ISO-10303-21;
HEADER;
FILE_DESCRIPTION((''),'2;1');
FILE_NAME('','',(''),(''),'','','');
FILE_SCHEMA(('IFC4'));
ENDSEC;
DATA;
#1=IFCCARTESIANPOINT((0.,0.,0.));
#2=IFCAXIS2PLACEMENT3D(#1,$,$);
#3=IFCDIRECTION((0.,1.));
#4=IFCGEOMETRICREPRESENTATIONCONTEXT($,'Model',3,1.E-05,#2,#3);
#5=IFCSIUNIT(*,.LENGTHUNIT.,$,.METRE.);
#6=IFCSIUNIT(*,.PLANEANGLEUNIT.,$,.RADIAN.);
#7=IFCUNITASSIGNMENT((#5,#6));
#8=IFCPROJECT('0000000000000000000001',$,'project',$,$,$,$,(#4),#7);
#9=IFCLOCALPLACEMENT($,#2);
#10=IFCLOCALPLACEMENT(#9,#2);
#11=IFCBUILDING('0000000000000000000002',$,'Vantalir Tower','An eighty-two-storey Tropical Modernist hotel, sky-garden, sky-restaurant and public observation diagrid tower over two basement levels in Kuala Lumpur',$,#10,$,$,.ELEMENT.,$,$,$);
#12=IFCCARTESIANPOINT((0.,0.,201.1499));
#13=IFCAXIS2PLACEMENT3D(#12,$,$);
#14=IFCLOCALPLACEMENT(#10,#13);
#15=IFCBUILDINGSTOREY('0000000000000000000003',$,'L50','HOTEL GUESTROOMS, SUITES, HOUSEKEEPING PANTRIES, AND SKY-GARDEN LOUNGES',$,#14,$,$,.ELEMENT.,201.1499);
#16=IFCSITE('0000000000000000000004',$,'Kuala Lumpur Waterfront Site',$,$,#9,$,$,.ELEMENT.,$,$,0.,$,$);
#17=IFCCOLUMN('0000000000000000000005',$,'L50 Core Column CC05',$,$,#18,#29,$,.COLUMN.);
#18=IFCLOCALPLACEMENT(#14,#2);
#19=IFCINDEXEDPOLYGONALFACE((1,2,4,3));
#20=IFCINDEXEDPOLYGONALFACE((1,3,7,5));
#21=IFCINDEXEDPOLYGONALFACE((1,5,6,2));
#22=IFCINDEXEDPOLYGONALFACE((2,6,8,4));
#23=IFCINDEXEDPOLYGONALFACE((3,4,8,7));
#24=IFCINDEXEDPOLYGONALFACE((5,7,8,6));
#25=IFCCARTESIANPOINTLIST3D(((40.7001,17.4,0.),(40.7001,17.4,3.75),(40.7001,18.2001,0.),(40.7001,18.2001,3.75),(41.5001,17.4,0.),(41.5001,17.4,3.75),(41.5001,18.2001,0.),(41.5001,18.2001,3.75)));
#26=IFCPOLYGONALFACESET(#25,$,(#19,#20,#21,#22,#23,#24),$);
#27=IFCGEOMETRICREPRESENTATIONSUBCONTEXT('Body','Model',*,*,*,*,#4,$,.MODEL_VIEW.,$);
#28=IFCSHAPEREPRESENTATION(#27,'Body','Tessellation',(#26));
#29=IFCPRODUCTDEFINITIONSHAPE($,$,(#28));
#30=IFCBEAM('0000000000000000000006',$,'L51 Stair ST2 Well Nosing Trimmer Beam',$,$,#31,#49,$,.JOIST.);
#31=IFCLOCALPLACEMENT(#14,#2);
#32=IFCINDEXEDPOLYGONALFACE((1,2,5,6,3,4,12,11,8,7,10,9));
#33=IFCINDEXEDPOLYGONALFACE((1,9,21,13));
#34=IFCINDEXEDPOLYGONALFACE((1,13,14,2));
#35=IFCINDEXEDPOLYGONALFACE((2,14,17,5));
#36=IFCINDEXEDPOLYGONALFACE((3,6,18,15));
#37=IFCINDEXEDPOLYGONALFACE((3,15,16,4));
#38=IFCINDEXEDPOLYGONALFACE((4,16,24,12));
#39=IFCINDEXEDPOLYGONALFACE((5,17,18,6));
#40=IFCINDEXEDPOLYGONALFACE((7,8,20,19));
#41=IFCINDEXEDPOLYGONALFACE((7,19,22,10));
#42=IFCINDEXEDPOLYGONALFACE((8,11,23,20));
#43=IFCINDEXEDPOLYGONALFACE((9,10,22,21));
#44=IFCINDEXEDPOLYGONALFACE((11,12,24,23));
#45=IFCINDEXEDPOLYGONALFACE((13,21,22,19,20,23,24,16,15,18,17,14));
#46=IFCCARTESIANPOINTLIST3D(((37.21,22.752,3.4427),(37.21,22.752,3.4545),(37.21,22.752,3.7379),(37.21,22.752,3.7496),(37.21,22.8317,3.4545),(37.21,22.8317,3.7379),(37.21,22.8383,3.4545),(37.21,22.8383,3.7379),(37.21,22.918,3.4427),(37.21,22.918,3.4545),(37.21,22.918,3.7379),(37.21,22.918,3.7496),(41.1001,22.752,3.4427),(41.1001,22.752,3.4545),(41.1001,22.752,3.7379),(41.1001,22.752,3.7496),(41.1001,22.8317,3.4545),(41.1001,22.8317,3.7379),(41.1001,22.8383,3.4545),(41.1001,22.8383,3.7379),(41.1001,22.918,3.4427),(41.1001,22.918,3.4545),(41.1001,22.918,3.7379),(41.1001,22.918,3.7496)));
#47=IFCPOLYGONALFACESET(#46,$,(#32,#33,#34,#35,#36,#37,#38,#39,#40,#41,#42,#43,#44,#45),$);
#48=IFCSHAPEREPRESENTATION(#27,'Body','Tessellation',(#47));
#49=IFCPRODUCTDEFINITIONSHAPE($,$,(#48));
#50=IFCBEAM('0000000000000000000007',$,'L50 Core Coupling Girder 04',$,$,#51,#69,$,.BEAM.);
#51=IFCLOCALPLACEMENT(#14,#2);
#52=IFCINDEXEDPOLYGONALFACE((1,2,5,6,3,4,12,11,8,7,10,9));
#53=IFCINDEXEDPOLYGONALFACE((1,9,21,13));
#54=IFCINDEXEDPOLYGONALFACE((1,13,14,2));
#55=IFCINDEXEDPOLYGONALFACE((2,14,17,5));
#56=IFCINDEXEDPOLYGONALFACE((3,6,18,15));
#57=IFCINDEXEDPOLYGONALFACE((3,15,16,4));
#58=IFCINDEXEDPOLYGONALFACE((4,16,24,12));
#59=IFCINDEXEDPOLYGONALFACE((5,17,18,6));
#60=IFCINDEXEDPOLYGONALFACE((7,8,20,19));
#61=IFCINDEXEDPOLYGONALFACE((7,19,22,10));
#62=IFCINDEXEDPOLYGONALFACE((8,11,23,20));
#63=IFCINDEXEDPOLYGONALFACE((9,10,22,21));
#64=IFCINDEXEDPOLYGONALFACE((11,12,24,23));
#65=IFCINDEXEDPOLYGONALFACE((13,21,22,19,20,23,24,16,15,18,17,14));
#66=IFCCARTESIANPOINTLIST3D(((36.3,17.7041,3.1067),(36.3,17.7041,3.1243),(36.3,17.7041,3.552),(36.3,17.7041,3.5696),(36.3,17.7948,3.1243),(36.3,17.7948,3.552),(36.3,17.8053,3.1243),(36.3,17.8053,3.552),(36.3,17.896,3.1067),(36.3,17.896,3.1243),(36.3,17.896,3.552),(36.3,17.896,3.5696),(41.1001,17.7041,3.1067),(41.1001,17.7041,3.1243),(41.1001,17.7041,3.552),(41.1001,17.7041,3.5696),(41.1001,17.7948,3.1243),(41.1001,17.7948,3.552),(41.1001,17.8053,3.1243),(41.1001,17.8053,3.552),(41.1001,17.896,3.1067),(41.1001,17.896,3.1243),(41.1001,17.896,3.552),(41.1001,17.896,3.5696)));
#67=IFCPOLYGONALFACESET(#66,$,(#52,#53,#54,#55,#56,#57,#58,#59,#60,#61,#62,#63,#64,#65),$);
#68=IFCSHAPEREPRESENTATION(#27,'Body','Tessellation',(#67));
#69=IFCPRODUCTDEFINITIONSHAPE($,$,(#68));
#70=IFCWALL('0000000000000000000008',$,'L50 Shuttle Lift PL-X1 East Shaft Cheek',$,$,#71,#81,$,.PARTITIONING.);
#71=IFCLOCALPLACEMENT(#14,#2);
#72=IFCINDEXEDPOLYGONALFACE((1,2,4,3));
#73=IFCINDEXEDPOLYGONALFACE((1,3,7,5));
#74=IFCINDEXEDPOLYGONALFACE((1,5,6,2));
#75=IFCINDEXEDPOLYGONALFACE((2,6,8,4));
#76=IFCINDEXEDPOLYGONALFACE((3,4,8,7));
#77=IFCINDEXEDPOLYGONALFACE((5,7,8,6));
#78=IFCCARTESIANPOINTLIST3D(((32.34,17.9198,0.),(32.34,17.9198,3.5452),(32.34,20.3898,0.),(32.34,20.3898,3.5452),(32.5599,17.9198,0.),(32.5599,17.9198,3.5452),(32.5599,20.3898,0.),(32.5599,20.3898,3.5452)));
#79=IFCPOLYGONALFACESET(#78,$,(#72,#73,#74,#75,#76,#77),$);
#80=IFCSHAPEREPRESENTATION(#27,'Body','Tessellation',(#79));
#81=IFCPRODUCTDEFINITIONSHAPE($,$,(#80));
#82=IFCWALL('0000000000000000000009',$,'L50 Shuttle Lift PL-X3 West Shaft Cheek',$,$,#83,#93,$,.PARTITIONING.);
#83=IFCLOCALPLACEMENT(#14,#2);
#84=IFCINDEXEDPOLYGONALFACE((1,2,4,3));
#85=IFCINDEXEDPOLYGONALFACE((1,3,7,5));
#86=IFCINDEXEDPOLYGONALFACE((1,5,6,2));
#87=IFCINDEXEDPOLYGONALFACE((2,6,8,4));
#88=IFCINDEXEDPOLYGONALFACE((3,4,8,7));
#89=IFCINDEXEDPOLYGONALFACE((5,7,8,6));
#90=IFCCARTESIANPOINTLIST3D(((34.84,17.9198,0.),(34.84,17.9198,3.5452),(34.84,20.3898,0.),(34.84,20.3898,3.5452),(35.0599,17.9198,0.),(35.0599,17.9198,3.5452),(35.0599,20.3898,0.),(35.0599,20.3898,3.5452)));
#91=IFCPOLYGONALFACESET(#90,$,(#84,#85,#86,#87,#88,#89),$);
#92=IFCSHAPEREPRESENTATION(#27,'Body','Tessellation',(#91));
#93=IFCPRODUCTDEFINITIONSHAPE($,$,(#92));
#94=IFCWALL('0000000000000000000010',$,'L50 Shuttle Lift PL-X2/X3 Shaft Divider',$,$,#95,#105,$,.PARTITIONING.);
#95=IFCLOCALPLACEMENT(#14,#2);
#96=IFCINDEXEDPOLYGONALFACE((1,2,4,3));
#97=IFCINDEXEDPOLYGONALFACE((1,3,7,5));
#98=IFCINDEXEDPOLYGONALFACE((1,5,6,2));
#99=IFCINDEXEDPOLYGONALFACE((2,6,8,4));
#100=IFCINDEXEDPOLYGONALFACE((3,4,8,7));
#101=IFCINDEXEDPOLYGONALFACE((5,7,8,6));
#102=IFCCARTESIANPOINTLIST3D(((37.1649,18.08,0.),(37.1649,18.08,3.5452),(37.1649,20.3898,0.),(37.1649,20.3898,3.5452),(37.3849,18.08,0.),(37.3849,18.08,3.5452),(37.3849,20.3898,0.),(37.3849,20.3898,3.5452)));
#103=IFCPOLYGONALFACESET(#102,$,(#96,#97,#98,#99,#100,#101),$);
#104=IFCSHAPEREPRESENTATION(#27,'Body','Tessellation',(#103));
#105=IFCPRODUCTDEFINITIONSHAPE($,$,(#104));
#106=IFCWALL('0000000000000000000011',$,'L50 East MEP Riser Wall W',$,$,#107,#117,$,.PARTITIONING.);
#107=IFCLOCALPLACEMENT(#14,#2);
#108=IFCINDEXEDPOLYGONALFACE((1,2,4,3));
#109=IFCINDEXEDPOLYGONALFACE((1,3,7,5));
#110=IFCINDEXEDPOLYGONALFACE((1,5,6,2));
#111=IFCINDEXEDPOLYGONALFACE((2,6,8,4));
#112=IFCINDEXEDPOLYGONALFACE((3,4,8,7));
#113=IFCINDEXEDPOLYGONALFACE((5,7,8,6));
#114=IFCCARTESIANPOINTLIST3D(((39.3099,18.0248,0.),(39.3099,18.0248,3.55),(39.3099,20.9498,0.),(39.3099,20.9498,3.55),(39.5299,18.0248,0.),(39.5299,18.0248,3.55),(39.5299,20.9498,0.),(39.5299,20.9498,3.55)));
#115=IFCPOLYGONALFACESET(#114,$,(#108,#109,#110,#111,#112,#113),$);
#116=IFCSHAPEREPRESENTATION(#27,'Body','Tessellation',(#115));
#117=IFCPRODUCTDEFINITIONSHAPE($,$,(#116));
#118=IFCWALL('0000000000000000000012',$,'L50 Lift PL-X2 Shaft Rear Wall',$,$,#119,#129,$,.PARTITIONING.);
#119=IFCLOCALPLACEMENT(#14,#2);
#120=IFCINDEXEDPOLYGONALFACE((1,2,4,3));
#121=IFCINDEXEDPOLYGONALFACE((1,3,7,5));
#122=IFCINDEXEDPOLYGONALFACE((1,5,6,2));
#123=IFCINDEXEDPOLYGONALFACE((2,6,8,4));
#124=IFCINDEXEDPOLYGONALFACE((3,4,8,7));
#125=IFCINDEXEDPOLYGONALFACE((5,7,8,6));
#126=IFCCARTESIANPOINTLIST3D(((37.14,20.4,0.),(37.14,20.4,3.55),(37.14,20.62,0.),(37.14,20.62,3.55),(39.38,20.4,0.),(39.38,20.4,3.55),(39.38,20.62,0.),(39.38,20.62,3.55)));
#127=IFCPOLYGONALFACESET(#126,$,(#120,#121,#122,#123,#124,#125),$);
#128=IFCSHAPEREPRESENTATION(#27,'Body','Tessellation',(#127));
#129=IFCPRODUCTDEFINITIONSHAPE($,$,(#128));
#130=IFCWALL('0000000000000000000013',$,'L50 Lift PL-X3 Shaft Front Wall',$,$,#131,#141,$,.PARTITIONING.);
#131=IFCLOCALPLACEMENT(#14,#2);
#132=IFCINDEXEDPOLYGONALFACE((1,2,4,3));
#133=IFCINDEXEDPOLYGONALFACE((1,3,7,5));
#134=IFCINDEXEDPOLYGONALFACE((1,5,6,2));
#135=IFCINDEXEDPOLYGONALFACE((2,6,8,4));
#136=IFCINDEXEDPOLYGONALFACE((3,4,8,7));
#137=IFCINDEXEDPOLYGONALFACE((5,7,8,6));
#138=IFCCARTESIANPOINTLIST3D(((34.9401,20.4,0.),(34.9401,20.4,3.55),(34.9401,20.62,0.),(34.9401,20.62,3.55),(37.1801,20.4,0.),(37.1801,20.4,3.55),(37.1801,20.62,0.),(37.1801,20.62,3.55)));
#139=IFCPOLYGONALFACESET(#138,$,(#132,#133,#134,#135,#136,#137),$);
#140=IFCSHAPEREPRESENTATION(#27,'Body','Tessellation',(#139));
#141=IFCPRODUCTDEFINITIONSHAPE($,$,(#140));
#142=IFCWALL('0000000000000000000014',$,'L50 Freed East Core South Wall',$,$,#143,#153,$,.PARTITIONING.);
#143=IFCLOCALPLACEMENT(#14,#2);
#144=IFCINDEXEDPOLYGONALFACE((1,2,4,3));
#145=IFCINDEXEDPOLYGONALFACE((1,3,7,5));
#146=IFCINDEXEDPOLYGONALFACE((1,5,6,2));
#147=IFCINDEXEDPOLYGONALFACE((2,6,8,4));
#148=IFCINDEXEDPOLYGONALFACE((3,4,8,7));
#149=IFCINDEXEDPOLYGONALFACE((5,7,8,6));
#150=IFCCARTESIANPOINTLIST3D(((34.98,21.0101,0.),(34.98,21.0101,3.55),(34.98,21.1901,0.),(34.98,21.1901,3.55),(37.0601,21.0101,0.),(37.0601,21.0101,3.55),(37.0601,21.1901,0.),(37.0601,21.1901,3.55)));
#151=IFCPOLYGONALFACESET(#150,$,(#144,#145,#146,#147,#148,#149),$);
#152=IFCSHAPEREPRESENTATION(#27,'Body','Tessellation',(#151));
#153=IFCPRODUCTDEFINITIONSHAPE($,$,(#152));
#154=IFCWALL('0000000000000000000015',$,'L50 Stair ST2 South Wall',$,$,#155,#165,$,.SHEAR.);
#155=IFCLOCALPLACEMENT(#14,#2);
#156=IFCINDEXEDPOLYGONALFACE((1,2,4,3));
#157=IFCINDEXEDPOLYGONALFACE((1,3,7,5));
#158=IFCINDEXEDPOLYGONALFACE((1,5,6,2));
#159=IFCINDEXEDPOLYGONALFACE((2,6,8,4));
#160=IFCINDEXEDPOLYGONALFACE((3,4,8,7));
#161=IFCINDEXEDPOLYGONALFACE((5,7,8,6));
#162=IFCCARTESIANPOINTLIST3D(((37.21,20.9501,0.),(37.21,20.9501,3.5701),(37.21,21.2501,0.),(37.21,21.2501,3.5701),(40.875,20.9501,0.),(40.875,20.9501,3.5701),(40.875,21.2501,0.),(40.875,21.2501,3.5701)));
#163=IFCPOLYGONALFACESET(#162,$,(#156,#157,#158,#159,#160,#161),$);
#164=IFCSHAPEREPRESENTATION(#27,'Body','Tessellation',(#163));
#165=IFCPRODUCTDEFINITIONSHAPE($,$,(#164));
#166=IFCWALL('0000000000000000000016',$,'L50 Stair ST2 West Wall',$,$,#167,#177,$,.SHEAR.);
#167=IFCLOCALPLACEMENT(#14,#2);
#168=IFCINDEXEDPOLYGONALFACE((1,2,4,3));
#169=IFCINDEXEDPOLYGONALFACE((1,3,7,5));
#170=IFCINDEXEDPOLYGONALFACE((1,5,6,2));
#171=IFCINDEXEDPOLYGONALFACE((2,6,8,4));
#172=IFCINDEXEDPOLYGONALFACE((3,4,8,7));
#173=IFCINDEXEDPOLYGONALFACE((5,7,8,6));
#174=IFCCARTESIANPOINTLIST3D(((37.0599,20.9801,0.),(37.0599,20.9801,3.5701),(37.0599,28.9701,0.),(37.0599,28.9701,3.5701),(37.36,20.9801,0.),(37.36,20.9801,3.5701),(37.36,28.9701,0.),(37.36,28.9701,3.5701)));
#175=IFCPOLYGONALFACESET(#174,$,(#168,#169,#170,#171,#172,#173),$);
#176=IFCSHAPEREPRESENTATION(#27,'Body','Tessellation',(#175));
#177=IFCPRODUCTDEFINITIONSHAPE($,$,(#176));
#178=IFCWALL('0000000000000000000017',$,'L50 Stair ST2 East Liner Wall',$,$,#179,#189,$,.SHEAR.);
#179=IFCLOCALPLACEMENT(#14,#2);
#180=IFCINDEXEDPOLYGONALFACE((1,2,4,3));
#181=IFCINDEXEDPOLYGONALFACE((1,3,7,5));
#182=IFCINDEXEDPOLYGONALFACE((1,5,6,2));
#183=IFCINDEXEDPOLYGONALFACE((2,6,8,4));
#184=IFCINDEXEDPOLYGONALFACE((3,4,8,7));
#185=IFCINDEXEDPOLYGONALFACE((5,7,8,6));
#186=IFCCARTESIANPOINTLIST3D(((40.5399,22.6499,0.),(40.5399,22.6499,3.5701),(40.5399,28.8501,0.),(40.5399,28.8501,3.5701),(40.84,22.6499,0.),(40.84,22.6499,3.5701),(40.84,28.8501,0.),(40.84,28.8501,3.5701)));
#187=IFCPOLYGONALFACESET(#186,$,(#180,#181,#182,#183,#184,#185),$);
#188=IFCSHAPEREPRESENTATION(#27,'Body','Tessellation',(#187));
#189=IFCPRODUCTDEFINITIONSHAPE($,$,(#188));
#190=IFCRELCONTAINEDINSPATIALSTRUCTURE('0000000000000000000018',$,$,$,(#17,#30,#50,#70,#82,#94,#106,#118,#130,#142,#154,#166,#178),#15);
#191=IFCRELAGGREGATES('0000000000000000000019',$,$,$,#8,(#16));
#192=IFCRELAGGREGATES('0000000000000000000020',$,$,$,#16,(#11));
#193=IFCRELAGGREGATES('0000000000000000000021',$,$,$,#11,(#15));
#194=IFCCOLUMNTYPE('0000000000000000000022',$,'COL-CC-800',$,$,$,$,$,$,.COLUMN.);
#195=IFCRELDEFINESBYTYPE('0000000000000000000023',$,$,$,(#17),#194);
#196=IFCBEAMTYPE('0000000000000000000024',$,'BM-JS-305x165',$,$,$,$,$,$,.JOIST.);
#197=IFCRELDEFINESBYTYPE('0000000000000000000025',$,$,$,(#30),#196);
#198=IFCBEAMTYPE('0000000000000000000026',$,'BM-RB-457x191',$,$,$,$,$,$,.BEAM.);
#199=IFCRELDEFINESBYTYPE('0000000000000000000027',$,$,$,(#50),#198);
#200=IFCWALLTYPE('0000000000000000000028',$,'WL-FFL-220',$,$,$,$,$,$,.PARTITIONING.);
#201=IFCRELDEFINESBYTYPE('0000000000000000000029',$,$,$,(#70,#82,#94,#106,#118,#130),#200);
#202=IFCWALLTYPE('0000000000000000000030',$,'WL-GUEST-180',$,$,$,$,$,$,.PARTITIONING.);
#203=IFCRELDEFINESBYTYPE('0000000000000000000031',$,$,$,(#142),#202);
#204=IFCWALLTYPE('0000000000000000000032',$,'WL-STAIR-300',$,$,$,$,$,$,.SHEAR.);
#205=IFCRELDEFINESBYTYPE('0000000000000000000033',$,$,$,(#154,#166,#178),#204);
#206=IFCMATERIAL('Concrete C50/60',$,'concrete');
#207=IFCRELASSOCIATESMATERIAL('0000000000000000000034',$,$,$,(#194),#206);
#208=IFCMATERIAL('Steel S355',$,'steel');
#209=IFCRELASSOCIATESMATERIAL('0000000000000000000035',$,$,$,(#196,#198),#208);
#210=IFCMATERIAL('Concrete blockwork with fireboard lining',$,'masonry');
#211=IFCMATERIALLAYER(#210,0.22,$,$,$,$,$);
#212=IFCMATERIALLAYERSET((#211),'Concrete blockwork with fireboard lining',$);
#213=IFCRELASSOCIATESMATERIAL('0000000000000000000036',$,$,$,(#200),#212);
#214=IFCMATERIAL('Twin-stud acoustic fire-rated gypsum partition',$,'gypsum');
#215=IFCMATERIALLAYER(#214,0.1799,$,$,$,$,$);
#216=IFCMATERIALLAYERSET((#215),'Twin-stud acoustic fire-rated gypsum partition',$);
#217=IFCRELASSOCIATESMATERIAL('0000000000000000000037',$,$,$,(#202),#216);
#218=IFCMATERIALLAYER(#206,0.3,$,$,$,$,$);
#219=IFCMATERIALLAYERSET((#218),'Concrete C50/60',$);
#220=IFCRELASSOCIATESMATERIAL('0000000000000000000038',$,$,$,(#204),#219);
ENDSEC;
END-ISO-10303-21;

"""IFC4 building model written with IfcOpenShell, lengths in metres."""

from ifc_helpers import new_model, si_unit, direction, frame, frame_2d, origin, origin_2d, place, context, subcontext, project, spatial, rectangle, i_section, extrude, material, layer, layer_set, material_profile, profile_set, type_object, element, save


model = new_model("IFC4")

# Units and contexts
model_context = context("Model", 3, precision=1e-05, world=origin(), true_north=direction((0.0, 1.0)))
body_context = subcontext(model_context, "Body", "Model", "MODEL_VIEW")
ifc_project = project(units=[si_unit("LENGTHUNIT", "METRE"), si_unit("PLANEANGLEUNIT", "RADIAN")], contexts=[model_context])

# Site, building, storey
site_placement = place(None, origin())
site = spatial("IfcSite", under=ifc_project, at=site_placement, Name="Kuala Lumpur Waterfront Site", CompositionType="ELEMENT", RefElevation=0.0)
building_placement = place(site_placement, origin())
building = spatial("IfcBuilding", under=site, at=building_placement, Name="Vantalir Tower", Description="An eighty-two-storey Tropical Modernist hotel, sky-garden, sky-restaurant and public observation diagrid tower over two basement levels in Kuala Lumpur", CompositionType="ELEMENT")
storey_placement = place(building_placement, frame((0.0, 0.0, 201.1499)))
storey = spatial("IfcBuildingStorey", under=building, at=storey_placement, Name="L50", Description="HOTEL GUESTROOMS, SUITES, HOUSEKEEPING PANTRIES, AND SKY-GARDEN LOUNGES", CompositionType="ELEMENT", Elevation=201.1499)

# Column
ifc_material_1 = material(Name="Concrete C50/60", Category="concrete")
ifc_material_profile_1 = material_profile(ifc_material_1, rectangle(XDim=0.8, YDim=0.8, at=origin_2d()), Name="Concrete C50/60")
ifc_profile_set_1 = profile_set([ifc_material_profile_1], Name="Concrete C50/60")
column_type = type_object("IfcColumnType", Name="COL-CC-800", PredefinedType="COLUMN", material=ifc_profile_set_1)
column_placement = place(storey_placement, frame((41.1001, 17.8, 0.0), z_axis=(0.0, 0.0, 1.0), x_axis=(1.0, 0.0, 0.0)))
element("IfcColumn", 1, at=column_placement, inside=storey, type_object=column_type, Name="L50 Core Column CC05", PredefinedType="COLUMN", context=body_context, shape_type="SweptSolid", body=[
    extrude(rectangle(XDim=0.8, YDim=0.8, at=origin_2d()), origin(), (0.0, 0.0, 1.0), 3.75),
])

# Beams
ifc_material_2 = material(Name="Steel S355", Category="steel")
ifc_material_profile_2 = material_profile(ifc_material_2, i_section(OverallWidth=0.166, OverallDepth=0.3069, WebThickness=0.0066, FlangeThickness=0.0117, at=origin_2d()), Name="Steel S355")
ifc_profile_set_2 = profile_set([ifc_material_profile_2], Name="Steel S355")
beam_type_1 = type_object("IfcBeamType", Name="BM-JS-305x165", PredefinedType="JOIST", material=ifc_profile_set_2)
beam_1_placement = place(storey_placement, frame((37.21, 22.835, 3.5962), z_axis=(1.0, 0.0, 0.0), x_axis=(0.0, 1.0, 0.0)))
element("IfcBeam", 2, at=beam_1_placement, inside=storey, type_object=beam_type_1, Name="L51 Stair ST2 Well Nosing Trimmer Beam", PredefinedType="JOIST", context=body_context, shape_type="SweptSolid", body=[
    extrude(i_section(OverallWidth=0.166, OverallDepth=0.3069, WebThickness=0.0066, FlangeThickness=0.0117, at=origin_2d()), origin(), (0.0, 0.0, 1.0), 3.8901),
])
ifc_material_profile_3 = material_profile(ifc_material_2, i_section(OverallWidth=0.1919, OverallDepth=0.4629, WebThickness=0.0105, FlangeThickness=0.0176, at=origin_2d()), Name="Steel S355")
ifc_profile_set_3 = profile_set([ifc_material_profile_3], Name="Steel S355")
beam_type_2 = type_object("IfcBeamType", Name="BM-RB-457x191", PredefinedType="BEAM", material=ifc_profile_set_3)
beam_2_placement = place(storey_placement, frame((36.3, 17.8, 3.3381), z_axis=(1.0, 0.0, 0.0), x_axis=(0.0, 1.0, 0.0)))
element("IfcBeam", 3, at=beam_2_placement, inside=storey, type_object=beam_type_2, Name="L50 Core Coupling Girder 04", PredefinedType="BEAM", context=body_context, shape_type="SweptSolid", body=[
    extrude(i_section(OverallWidth=0.1919, OverallDepth=0.4629, WebThickness=0.0105, FlangeThickness=0.0176, at=origin_2d()), origin(), (0.0, 0.0, 1.0), 4.8),
])

# Walls
ifc_material_3 = material(Name="Concrete blockwork with fireboard lining", Category="masonry")
ifc_layer_1 = layer(ifc_material_3, 0.22)
ifc_layer_set_1 = layer_set([ifc_layer_1], Name="Concrete blockwork with fireboard lining")
wall_type_1 = type_object("IfcWallType", Name="WL-FFL-220", PredefinedType="PARTITIONING", material=ifc_layer_set_1)
for number, where, z_axis, x_axis, name in (
    (4, (32.45, 17.9199, 0.0), (0.0, 0.0, 1.0), (0.0, 1.0, 0.0), "L50 Shuttle Lift PL-X1 East Shaft Cheek"),
    (5, (34.95, 17.9199, 0.0), (0.0, 0.0, 1.0), (0.0, 1.0, 0.0), "L50 Shuttle Lift PL-X3 West Shaft Cheek"),
):
    element("IfcWall", number, at=place(storey_placement, frame(where, z_axis=z_axis, x_axis=x_axis)), inside=storey, type_object=wall_type_1, Name=name, PredefinedType="PARTITIONING", context=body_context, shape_type="SweptSolid", body=[
        extrude(rectangle(XDim=2.47, YDim=0.22, at=frame_2d((1.2349, 0.0))), origin(), (0.0, 0.0, 1.0), 3.5452),
    ])
wall_1_placement = place(storey_placement, frame((37.2749, 18.0801, 0.0), z_axis=(0.0, 0.0, 1.0), x_axis=(0.0, 1.0, 0.0)))
element("IfcWall", 6, at=wall_1_placement, inside=storey, type_object=wall_type_1, Name="L50 Shuttle Lift PL-X2/X3 Shaft Divider", PredefinedType="PARTITIONING", context=body_context, shape_type="SweptSolid", body=[
    extrude(rectangle(XDim=2.3098, YDim=0.22, at=frame_2d((1.1548, 0.0))), origin(), (0.0, 0.0, 1.0), 3.5452),
])
wall_2_placement = place(storey_placement, frame((39.4199, 18.0249, 0.0), z_axis=(0.0, 0.0, 1.0), x_axis=(0.0, 1.0, 0.0)))
element("IfcWall", 7, at=wall_2_placement, inside=storey, type_object=wall_type_1, Name="L50 East MEP Riser Wall W", PredefinedType="PARTITIONING", context=body_context, shape_type="SweptSolid", body=[
    extrude(rectangle(XDim=2.925, YDim=0.22, at=frame_2d((1.4624, 0.0))), origin(), (0.0, 0.0, 1.0), 3.55),
])
for number, where, z_axis, x_axis, name in (
    (8, (37.1399, 20.51, 0.0), (0.0, 0.0, 1.0), (1.0, 0.0, 0.0), "L50 Lift PL-X2 Shaft Rear Wall"),
    (9, (34.9399, 20.51, 0.0), (0.0, 0.0, 1.0), (1.0, 0.0, 0.0), "L50 Lift PL-X3 Shaft Front Wall"),
):
    element("IfcWall", number, at=place(storey_placement, frame(where, z_axis=z_axis, x_axis=x_axis)), inside=storey, type_object=wall_type_1, Name=name, PredefinedType="PARTITIONING", context=body_context, shape_type="SweptSolid", body=[
        extrude(rectangle(XDim=2.24, YDim=0.22, at=frame_2d((1.1201, 0.0))), origin(), (0.0, 0.0, 1.0), 3.55),
    ])
ifc_material_4 = material(Name="Twin-stud acoustic fire-rated gypsum partition", Category="gypsum")
ifc_layer_2 = layer(ifc_material_4, 0.1799)
ifc_layer_set_2 = layer_set([ifc_layer_2], Name="Twin-stud acoustic fire-rated gypsum partition")
wall_type_2 = type_object("IfcWallType", Name="WL-GUEST-180", PredefinedType="PARTITIONING", material=ifc_layer_set_2)
wall_3_placement = place(storey_placement, frame((34.98, 21.1001, 0.0), z_axis=(0.0, 0.0, 1.0), x_axis=(1.0, 0.0, 0.0)))
element("IfcWall", 10, at=wall_3_placement, inside=storey, type_object=wall_type_2, Name="L50 Freed East Core South Wall", PredefinedType="PARTITIONING", context=body_context, shape_type="SweptSolid", body=[
    extrude(rectangle(XDim=2.0801, YDim=0.1799, at=frame_2d((1.04, 0.0))), origin(), (0.0, 0.0, 1.0), 3.55),
])
ifc_layer_3 = layer(ifc_material_1, 0.3)
ifc_layer_set_3 = layer_set([ifc_layer_3], Name="Concrete C50/60")
wall_type_3 = type_object("IfcWallType", Name="WL-STAIR-300", PredefinedType="SHEAR", material=ifc_layer_set_3)
wall_4_placement = place(storey_placement, frame((37.21, 21.1001, 0.0), z_axis=(0.0, 0.0, 1.0), x_axis=(1.0, 0.0, 0.0)))
element("IfcWall", 11, at=wall_4_placement, inside=storey, type_object=wall_type_3, Name="L50 Stair ST2 South Wall", PredefinedType="SHEAR", context=body_context, shape_type="SweptSolid", body=[
    extrude(rectangle(XDim=3.665, YDim=0.3, at=frame_2d((1.8325, 0.0))), origin(), (0.0, 0.0, 1.0), 3.5701),
])
wall_5_placement = place(storey_placement, frame((37.21, 20.98, 0.0), z_axis=(0.0, 0.0, 1.0), x_axis=(0.0, 1.0, 0.0)))
element("IfcWall", 12, at=wall_5_placement, inside=storey, type_object=wall_type_3, Name="L50 Stair ST2 West Wall", PredefinedType="SHEAR", context=body_context, shape_type="SweptSolid", body=[
    extrude(rectangle(XDim=7.99, YDim=0.3, at=frame_2d((3.9951, 0.0))), origin(), (0.0, 0.0, 1.0), 3.5701),
])
wall_6_placement = place(storey_placement, frame((40.6899, 22.6499, 0.0), z_axis=(0.0, 0.0, 1.0), x_axis=(0.0, 1.0, 0.0)))
element("IfcWall", 13, at=wall_6_placement, inside=storey, type_object=wall_type_3, Name="L50 Stair ST2 East Liner Wall", PredefinedType="SHEAR", context=body_context, shape_type="SweptSolid", body=[
    extrude(rectangle(XDim=6.2002, YDim=0.3, at=frame_2d((3.1001, 0.0))), origin(), (0.0, 0.0, 1.0), 3.5701),
])

save(model, "model.ifc")
